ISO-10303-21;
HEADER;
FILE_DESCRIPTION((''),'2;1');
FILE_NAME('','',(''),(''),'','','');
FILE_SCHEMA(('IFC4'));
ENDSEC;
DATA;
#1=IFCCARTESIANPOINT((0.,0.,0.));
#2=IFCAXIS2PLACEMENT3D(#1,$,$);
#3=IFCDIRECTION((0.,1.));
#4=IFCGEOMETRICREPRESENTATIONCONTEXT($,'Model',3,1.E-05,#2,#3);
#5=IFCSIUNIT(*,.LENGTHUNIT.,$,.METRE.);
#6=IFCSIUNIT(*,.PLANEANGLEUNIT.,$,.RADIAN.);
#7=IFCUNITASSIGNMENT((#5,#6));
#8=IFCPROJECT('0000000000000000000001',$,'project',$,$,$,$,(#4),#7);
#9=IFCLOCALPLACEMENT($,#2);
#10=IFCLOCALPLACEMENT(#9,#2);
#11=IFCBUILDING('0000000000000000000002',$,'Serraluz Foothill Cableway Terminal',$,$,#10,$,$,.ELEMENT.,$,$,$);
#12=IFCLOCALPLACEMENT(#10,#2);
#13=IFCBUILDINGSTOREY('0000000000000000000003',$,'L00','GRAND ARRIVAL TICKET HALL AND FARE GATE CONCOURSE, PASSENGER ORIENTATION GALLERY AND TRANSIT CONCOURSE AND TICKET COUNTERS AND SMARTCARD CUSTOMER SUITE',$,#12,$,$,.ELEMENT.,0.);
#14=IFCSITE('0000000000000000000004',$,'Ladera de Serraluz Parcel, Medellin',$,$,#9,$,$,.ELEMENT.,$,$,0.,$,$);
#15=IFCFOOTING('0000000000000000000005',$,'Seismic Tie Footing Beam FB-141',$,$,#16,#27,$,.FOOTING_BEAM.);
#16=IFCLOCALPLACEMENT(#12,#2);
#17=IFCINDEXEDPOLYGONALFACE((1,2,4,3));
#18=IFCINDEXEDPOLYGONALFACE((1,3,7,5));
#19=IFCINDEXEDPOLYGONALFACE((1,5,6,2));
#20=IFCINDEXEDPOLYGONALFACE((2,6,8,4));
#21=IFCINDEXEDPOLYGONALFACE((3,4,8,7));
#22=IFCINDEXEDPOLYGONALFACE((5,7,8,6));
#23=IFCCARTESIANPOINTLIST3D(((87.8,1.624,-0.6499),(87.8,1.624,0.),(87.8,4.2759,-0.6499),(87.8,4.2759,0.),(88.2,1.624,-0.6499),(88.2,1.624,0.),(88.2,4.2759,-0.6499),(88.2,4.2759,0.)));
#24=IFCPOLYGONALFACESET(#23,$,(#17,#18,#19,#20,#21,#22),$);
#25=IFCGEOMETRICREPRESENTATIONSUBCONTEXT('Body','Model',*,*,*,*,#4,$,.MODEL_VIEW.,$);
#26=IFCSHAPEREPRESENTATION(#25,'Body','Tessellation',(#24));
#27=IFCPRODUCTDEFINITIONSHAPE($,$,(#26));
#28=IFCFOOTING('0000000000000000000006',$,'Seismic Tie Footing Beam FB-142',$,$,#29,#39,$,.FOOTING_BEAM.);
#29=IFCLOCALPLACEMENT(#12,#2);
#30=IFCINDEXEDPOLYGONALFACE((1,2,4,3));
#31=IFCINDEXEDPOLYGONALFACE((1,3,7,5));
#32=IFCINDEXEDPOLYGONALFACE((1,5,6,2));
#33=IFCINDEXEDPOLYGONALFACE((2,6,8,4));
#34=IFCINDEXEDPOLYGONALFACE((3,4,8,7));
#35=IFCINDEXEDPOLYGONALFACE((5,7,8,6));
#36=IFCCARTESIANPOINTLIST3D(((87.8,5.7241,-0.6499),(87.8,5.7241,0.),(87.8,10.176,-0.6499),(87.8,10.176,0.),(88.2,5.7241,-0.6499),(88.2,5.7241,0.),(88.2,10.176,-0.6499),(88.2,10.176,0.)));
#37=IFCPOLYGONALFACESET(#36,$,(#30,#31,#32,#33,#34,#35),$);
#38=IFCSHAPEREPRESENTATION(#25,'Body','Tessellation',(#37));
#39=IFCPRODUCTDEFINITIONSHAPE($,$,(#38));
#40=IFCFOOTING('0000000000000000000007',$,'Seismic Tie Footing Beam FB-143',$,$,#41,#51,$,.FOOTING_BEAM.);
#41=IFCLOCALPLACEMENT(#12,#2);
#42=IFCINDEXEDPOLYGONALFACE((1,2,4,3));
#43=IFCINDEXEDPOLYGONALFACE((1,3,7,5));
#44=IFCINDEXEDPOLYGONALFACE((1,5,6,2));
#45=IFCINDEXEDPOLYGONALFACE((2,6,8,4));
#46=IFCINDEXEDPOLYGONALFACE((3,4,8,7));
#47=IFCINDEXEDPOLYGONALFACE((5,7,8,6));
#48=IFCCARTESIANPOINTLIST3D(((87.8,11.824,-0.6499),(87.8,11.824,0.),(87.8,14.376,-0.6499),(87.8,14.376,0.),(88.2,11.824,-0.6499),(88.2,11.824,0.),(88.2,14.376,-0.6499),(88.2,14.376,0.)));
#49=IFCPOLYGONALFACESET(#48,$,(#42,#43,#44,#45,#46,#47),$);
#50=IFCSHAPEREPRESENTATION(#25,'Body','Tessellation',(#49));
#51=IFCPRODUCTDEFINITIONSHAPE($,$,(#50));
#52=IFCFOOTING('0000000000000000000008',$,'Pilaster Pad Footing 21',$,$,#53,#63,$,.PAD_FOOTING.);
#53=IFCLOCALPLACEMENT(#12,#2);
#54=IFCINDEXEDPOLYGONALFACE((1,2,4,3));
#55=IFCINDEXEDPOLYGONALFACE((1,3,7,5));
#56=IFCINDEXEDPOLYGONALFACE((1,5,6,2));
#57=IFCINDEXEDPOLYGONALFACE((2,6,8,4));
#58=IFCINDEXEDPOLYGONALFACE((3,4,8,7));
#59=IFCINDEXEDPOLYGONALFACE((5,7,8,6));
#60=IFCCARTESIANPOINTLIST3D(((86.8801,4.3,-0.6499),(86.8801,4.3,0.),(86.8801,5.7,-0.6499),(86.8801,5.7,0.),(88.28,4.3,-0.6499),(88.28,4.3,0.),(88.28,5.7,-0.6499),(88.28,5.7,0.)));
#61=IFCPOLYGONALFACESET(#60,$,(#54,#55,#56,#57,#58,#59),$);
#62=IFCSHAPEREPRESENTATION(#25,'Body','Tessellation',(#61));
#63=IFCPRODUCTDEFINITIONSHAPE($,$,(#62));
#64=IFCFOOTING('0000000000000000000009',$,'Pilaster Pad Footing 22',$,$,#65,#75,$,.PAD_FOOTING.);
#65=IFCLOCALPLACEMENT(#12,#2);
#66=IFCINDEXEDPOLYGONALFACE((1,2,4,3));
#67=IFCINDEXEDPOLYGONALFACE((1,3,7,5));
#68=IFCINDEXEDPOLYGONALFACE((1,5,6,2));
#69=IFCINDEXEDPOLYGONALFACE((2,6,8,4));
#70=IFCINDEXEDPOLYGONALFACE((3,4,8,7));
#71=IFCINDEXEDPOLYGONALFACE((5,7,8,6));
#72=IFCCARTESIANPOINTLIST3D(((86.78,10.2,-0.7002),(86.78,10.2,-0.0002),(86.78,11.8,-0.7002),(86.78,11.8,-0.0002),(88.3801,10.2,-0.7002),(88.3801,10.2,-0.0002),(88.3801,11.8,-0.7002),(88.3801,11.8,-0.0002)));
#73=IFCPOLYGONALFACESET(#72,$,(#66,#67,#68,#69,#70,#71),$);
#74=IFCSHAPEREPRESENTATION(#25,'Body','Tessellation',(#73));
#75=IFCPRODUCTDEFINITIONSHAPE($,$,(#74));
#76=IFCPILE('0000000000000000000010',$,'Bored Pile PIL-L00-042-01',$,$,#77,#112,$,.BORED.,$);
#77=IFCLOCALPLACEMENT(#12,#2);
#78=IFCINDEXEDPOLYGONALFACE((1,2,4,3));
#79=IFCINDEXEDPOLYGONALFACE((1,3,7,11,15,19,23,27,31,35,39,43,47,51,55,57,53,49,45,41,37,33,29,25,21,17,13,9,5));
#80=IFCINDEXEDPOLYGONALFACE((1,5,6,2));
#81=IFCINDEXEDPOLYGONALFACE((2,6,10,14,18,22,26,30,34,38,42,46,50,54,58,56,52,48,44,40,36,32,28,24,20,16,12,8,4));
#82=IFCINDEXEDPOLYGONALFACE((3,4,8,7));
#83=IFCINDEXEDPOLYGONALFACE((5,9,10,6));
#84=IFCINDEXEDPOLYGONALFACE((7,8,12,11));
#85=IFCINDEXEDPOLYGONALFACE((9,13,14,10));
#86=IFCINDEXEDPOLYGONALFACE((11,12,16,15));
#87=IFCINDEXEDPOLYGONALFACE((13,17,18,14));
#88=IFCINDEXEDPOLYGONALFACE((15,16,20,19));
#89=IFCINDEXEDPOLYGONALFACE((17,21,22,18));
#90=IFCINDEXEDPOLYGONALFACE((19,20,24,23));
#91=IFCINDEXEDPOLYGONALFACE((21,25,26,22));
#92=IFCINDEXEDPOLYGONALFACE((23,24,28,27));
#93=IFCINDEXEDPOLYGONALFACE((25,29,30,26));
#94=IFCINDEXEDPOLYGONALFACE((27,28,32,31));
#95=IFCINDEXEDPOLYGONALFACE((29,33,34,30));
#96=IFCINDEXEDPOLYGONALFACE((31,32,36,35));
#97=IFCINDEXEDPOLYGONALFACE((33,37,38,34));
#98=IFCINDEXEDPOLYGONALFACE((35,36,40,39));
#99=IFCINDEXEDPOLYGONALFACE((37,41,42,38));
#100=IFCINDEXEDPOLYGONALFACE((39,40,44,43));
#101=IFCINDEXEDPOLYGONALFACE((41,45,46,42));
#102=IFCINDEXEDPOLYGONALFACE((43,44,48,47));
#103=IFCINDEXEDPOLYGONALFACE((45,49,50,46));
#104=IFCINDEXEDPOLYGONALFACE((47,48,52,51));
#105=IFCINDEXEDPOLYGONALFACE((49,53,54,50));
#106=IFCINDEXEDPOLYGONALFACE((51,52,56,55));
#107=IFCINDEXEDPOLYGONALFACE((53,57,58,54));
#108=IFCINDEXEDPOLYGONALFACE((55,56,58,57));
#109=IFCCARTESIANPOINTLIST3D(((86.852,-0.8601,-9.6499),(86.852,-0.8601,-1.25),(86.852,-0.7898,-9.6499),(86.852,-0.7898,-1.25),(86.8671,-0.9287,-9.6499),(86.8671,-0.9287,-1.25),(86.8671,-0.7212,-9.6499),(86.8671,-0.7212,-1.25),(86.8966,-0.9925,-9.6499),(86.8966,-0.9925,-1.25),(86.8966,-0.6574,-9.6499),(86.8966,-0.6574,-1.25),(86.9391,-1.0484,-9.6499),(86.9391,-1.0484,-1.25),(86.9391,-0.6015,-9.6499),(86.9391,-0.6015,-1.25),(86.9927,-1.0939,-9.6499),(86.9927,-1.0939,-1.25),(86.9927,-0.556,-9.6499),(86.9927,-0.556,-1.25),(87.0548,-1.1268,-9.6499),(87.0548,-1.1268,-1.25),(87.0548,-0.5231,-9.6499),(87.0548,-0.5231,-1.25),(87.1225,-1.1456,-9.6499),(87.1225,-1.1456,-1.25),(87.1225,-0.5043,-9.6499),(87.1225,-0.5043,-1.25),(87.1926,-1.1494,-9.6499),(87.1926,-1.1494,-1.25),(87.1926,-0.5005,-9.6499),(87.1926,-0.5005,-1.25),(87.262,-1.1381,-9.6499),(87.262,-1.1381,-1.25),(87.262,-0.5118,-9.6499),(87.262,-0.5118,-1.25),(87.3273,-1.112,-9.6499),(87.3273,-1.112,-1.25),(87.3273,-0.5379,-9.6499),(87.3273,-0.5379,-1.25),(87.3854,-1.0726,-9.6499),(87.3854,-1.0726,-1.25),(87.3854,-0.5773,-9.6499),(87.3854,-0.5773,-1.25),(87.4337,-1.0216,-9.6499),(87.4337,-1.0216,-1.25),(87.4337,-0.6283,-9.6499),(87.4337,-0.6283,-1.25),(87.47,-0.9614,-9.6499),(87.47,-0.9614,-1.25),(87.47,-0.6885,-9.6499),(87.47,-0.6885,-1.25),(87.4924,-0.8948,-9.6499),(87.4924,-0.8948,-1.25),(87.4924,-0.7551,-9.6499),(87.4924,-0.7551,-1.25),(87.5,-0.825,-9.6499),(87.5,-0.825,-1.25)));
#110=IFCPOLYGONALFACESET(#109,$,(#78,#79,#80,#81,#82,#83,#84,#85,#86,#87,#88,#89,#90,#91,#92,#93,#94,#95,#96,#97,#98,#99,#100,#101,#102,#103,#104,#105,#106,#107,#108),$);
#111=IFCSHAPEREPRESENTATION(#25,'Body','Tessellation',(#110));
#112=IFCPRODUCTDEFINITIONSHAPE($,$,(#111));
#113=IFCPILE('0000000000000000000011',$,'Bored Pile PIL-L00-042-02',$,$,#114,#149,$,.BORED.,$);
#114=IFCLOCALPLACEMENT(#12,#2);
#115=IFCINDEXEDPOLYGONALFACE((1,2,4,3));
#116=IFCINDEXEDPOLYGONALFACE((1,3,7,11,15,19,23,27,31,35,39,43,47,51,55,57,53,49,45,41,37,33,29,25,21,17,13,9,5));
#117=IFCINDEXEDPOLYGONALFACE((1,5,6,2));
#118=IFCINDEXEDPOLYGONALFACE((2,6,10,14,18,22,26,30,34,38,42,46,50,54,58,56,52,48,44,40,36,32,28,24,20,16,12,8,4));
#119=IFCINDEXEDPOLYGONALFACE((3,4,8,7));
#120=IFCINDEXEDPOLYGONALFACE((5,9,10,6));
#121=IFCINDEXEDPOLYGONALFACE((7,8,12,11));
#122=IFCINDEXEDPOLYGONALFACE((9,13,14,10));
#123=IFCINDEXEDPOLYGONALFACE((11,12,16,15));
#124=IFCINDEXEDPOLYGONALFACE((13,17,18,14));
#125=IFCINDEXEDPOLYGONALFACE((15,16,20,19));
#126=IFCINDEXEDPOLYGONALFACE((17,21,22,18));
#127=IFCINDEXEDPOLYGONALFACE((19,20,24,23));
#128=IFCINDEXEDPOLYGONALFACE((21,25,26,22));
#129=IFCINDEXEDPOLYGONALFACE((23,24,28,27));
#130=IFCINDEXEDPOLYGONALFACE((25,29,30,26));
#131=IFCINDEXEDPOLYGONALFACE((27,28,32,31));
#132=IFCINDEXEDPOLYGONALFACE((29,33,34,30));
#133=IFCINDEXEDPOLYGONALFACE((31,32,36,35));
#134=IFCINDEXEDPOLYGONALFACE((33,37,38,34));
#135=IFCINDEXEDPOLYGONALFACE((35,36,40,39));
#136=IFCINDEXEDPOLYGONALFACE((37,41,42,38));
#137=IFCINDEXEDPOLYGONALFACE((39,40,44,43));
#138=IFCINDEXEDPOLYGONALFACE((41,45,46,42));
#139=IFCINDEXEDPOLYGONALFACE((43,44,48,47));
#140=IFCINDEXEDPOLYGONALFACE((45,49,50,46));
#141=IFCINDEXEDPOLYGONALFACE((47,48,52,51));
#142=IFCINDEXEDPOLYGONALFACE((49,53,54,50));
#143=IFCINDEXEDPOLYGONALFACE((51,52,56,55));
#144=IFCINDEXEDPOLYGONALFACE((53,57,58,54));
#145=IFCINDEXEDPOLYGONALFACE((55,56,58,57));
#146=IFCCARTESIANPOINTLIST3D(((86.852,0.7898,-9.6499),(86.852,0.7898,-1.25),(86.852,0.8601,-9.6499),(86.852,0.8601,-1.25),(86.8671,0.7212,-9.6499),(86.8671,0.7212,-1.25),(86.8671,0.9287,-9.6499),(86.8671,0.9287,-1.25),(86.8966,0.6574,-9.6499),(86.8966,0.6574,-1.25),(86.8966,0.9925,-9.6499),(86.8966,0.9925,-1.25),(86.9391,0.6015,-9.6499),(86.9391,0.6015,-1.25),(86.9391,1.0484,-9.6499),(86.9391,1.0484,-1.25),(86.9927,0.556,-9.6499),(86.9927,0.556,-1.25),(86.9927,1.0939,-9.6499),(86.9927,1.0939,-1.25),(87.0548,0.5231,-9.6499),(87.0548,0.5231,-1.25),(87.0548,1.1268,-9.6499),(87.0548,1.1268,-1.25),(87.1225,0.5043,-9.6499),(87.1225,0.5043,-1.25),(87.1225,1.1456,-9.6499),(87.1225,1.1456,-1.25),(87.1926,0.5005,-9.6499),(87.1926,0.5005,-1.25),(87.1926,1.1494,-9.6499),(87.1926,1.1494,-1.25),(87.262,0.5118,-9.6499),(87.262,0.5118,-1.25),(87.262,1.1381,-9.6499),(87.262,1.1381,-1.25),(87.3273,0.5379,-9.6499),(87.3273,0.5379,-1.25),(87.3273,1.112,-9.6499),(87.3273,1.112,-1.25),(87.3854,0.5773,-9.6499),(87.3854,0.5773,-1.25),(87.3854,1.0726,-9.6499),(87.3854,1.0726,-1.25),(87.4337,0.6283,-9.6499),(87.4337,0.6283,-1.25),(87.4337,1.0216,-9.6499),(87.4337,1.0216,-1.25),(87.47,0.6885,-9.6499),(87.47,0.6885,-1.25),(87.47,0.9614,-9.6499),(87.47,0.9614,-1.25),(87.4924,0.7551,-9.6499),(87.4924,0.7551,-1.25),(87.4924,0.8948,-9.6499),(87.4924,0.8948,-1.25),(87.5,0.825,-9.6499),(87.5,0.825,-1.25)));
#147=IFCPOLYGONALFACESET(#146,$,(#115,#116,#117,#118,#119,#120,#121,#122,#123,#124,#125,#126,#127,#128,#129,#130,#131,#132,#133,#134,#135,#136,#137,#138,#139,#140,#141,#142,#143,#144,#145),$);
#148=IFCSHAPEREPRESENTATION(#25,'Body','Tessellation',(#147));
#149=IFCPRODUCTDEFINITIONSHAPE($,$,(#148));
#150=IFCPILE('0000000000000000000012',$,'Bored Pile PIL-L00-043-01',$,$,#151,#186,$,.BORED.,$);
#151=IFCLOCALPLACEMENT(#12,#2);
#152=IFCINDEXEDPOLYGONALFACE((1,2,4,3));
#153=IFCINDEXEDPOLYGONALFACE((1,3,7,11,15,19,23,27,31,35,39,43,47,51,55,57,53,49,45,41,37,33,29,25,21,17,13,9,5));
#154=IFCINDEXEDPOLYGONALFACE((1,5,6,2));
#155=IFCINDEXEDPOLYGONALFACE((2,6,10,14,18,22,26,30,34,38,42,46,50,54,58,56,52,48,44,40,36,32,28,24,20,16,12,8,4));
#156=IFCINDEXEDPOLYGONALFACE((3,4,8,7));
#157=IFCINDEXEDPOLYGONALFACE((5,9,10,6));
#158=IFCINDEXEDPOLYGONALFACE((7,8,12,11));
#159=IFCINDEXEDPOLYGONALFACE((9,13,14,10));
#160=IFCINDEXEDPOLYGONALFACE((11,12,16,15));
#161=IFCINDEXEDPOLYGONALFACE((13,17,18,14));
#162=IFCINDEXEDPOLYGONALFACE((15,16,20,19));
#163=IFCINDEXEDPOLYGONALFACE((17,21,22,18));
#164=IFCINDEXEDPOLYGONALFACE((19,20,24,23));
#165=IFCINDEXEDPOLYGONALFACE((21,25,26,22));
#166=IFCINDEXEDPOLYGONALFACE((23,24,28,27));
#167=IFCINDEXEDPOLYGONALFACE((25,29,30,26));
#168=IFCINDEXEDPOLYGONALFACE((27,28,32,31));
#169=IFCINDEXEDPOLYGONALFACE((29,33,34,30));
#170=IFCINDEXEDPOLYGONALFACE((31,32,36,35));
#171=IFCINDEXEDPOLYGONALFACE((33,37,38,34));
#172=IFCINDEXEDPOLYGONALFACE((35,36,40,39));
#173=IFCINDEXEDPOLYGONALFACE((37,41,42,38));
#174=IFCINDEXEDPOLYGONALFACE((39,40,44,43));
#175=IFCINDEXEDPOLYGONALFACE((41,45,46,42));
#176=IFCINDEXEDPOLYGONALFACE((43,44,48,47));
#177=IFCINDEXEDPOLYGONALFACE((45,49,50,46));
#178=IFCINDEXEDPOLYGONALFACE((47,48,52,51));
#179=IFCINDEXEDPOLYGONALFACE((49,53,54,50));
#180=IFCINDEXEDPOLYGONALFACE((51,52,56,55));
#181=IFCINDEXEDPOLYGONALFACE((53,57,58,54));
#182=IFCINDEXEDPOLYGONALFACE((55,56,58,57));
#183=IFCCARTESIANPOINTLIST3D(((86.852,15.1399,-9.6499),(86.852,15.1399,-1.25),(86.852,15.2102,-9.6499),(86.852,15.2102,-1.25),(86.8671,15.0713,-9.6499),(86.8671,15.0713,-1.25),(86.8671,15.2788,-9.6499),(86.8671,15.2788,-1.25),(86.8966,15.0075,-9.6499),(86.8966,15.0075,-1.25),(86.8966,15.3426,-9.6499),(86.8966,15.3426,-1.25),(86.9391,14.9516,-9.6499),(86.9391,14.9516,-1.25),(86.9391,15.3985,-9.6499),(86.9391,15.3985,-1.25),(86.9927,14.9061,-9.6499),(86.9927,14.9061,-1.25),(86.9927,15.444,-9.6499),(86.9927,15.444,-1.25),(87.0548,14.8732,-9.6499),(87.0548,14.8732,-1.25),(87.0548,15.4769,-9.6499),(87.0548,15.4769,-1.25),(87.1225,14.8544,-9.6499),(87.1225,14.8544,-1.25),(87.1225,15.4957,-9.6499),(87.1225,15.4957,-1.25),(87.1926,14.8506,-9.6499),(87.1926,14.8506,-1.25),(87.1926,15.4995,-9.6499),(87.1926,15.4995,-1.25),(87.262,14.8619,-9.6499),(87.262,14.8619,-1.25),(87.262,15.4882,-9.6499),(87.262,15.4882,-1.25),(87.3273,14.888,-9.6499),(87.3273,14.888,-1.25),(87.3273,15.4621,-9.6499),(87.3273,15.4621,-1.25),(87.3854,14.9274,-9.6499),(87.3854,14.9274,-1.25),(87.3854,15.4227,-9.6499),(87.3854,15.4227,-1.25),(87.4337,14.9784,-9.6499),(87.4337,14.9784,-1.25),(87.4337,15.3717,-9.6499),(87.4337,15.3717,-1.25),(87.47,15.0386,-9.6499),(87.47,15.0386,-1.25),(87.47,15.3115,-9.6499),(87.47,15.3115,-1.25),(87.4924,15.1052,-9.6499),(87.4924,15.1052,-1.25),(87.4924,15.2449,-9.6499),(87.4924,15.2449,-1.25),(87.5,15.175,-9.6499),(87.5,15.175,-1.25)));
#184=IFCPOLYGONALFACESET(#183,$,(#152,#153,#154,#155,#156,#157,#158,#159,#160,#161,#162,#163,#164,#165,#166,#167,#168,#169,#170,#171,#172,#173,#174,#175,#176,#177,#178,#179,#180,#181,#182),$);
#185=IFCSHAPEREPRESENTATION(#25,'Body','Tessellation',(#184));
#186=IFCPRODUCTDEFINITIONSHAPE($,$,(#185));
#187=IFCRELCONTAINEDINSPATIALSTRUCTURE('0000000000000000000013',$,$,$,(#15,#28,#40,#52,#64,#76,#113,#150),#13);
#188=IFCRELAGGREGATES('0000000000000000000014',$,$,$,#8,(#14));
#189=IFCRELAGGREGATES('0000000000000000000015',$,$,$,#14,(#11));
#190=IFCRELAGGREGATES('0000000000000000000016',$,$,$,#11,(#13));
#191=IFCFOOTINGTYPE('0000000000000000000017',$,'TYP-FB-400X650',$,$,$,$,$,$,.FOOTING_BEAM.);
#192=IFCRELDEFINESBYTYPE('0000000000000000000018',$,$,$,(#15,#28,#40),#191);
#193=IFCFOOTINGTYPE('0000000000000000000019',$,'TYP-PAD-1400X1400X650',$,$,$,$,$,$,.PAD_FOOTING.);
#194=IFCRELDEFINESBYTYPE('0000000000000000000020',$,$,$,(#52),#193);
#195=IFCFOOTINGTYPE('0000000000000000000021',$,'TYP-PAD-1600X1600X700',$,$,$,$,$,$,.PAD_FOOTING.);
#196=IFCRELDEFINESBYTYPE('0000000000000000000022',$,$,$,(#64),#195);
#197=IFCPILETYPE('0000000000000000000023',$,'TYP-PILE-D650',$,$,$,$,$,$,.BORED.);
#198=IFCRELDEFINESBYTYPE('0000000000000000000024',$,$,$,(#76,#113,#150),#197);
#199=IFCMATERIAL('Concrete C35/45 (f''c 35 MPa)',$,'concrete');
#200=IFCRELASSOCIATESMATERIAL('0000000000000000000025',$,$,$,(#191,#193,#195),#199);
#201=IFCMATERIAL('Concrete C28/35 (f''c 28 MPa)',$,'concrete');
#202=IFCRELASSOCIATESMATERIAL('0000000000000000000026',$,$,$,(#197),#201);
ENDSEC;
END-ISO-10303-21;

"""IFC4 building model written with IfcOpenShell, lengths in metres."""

from ifc_helpers import new_model, si_unit, direction, frame, origin, origin_2d, place, context, subcontext, project, spatial, rectangle, circle, extrude, material, material_profile, profile_set, type_object, element, save


model = new_model("IFC4")

# Units and contexts
model_context = context("Model", 3, precision=1e-05, world=origin(), true_north=direction((0.0, 1.0)))
body_context = subcontext(model_context, "Body", "Model", "MODEL_VIEW")
ifc_project = project(units=[si_unit("LENGTHUNIT", "METRE"), si_unit("PLANEANGLEUNIT", "RADIAN")], contexts=[model_context])

# Site, building, storey
site_placement = place(None, origin())
site = spatial("IfcSite", under=ifc_project, at=site_placement, Name="Ladera de Serraluz Parcel, Medellin", CompositionType="ELEMENT", RefElevation=0.0)
building_placement = place(site_placement, origin())
building = spatial("IfcBuilding", under=site, at=building_placement, Name="Serraluz Foothill Cableway Terminal", CompositionType="ELEMENT")
storey_placement = place(building_placement, origin())
storey = spatial("IfcBuildingStorey", under=building, at=storey_placement, Name="L00", Description="GRAND ARRIVAL TICKET HALL AND FARE GATE CONCOURSE, PASSENGER ORIENTATION GALLERY AND TRANSIT CONCOURSE AND TICKET COUNTERS AND SMARTCARD CUSTOMER SUITE", CompositionType="ELEMENT", Elevation=0.0)

# Footings
ifc_material_1 = material(Name="Concrete C35/45 (f'c 35 MPa)", Category="concrete")
ifc_material_profile_1 = material_profile(ifc_material_1, rectangle(XDim=0.3999, YDim=0.6499, at=origin_2d()), Name="RC 400x650")
ifc_profile_set_1 = profile_set([ifc_material_profile_1], Name="Concrete C35/45 (f'c 35 MPa)")
footing_type_1 = type_object("IfcFootingType", Name="TYP-FB-400X650", PredefinedType="FOOTING_BEAM", material=ifc_profile_set_1)
footing_1_placement = place(storey_placement, frame((88.0, 1.624, -0.325), z_axis=(0.0, 1.0, 0.0), x_axis=(-1.0, 0.0, 0.0)))
element("IfcFooting", 1, at=footing_1_placement, inside=storey, type_object=footing_type_1, Name="Seismic Tie Footing Beam FB-141", PredefinedType="FOOTING_BEAM", context=body_context, shape_type="SweptSolid", body=[
    extrude(rectangle(XDim=0.3999, YDim=0.6499, at=origin_2d()), origin(), (0.0, 0.0, 1.0), 2.6519),
])
footing_2_placement = place(storey_placement, frame((88.0, 5.7241, -0.325), z_axis=(0.0, 1.0, 0.0), x_axis=(-1.0, 0.0, 0.0)))
element("IfcFooting", 2, at=footing_2_placement, inside=storey, type_object=footing_type_1, Name="Seismic Tie Footing Beam FB-142", PredefinedType="FOOTING_BEAM", context=body_context, shape_type="SweptSolid", body=[
    extrude(rectangle(XDim=0.3999, YDim=0.6499, at=origin_2d()), origin(), (0.0, 0.0, 1.0), 4.4519),
])
footing_3_placement = place(storey_placement, frame((88.0, 11.824, -0.325), z_axis=(0.0, 1.0, 0.0), x_axis=(-1.0, 0.0, 0.0)))
element("IfcFooting", 3, at=footing_3_placement, inside=storey, type_object=footing_type_1, Name="Seismic Tie Footing Beam FB-143", PredefinedType="FOOTING_BEAM", context=body_context, shape_type="SweptSolid", body=[
    extrude(rectangle(XDim=0.3999, YDim=0.6499, at=origin_2d()), origin(), (0.0, 0.0, 1.0), 2.552),
])
footing_type_2 = type_object("IfcFootingType", Name="TYP-PAD-1400X1400X650", PredefinedType="PAD_FOOTING", material=ifc_material_1)
footing_4_placement = place(storey_placement, frame((87.5801, 5.0, -0.6499), z_axis=(0.0, 0.0, 1.0), x_axis=(1.0, 0.0, 0.0)))
element("IfcFooting", 4, at=footing_4_placement, inside=storey, type_object=footing_type_2, Name="Pilaster Pad Footing 21", PredefinedType="PAD_FOOTING", context=body_context, shape_type="SweptSolid", body=[
    extrude(rectangle(XDim=1.3999, YDim=1.3999, at=origin_2d()), origin(), (0.0, 0.0, 1.0), 0.6499),
])
footing_type_3 = type_object("IfcFootingType", Name="TYP-PAD-1600X1600X700", PredefinedType="PAD_FOOTING", material=ifc_material_1)
footing_5_placement = place(storey_placement, frame((87.5801, 11.0, -0.7002), z_axis=(0.0, 0.0, 1.0), x_axis=(1.0, 0.0, 0.0)))
element("IfcFooting", 5, at=footing_5_placement, inside=storey, type_object=footing_type_3, Name="Pilaster Pad Footing 22", PredefinedType="PAD_FOOTING", context=body_context, shape_type="SweptSolid", body=[
    extrude(rectangle(XDim=1.6001, YDim=1.6001, at=origin_2d()), origin(), (0.0, 0.0, 1.0), 0.7),
])

# Piles
ifc_material_2 = material(Name="Concrete C28/35 (f'c 28 MPa)", Category="concrete")
ifc_material_profile_2 = material_profile(ifc_material_2, circle(Radius=0.325, at=origin_2d()), Name="BORED PILE D650")
ifc_profile_set_2 = profile_set([ifc_material_profile_2], Name="Concrete C28/35 (f'c 28 MPa)")
pile_type_1 = type_object("IfcPileType", Name="TYP-PILE-D650", PredefinedType="BORED", material=ifc_profile_set_2)
for number, where, z_axis, x_axis, name in (
    (6, (87.175, -0.825, -1.25), (0.0, 0.0, -1.0), (1.0, 0.0, 0.0), "Bored Pile PIL-L00-042-01"),
    (7, (87.175, 0.825, -1.25), (0.0, 0.0, -1.0), (1.0, 0.0, 0.0), "Bored Pile PIL-L00-042-02"),
    (8, (87.175, 15.175, -1.25), (0.0, 0.0, -1.0), (1.0, 0.0, 0.0), "Bored Pile PIL-L00-043-01"),
):
    element("IfcPile", number, at=place(storey_placement, frame(where, z_axis=z_axis, x_axis=x_axis)), inside=storey, type_object=pile_type_1, Name=name, PredefinedType="BORED", context=body_context, shape_type="SweptSolid", body=[
        extrude(circle(Radius=0.325, at=origin_2d()), origin(), (0.0, 0.0, 1.0), 8.3999),
    ])

save(model, "model.ifc")
